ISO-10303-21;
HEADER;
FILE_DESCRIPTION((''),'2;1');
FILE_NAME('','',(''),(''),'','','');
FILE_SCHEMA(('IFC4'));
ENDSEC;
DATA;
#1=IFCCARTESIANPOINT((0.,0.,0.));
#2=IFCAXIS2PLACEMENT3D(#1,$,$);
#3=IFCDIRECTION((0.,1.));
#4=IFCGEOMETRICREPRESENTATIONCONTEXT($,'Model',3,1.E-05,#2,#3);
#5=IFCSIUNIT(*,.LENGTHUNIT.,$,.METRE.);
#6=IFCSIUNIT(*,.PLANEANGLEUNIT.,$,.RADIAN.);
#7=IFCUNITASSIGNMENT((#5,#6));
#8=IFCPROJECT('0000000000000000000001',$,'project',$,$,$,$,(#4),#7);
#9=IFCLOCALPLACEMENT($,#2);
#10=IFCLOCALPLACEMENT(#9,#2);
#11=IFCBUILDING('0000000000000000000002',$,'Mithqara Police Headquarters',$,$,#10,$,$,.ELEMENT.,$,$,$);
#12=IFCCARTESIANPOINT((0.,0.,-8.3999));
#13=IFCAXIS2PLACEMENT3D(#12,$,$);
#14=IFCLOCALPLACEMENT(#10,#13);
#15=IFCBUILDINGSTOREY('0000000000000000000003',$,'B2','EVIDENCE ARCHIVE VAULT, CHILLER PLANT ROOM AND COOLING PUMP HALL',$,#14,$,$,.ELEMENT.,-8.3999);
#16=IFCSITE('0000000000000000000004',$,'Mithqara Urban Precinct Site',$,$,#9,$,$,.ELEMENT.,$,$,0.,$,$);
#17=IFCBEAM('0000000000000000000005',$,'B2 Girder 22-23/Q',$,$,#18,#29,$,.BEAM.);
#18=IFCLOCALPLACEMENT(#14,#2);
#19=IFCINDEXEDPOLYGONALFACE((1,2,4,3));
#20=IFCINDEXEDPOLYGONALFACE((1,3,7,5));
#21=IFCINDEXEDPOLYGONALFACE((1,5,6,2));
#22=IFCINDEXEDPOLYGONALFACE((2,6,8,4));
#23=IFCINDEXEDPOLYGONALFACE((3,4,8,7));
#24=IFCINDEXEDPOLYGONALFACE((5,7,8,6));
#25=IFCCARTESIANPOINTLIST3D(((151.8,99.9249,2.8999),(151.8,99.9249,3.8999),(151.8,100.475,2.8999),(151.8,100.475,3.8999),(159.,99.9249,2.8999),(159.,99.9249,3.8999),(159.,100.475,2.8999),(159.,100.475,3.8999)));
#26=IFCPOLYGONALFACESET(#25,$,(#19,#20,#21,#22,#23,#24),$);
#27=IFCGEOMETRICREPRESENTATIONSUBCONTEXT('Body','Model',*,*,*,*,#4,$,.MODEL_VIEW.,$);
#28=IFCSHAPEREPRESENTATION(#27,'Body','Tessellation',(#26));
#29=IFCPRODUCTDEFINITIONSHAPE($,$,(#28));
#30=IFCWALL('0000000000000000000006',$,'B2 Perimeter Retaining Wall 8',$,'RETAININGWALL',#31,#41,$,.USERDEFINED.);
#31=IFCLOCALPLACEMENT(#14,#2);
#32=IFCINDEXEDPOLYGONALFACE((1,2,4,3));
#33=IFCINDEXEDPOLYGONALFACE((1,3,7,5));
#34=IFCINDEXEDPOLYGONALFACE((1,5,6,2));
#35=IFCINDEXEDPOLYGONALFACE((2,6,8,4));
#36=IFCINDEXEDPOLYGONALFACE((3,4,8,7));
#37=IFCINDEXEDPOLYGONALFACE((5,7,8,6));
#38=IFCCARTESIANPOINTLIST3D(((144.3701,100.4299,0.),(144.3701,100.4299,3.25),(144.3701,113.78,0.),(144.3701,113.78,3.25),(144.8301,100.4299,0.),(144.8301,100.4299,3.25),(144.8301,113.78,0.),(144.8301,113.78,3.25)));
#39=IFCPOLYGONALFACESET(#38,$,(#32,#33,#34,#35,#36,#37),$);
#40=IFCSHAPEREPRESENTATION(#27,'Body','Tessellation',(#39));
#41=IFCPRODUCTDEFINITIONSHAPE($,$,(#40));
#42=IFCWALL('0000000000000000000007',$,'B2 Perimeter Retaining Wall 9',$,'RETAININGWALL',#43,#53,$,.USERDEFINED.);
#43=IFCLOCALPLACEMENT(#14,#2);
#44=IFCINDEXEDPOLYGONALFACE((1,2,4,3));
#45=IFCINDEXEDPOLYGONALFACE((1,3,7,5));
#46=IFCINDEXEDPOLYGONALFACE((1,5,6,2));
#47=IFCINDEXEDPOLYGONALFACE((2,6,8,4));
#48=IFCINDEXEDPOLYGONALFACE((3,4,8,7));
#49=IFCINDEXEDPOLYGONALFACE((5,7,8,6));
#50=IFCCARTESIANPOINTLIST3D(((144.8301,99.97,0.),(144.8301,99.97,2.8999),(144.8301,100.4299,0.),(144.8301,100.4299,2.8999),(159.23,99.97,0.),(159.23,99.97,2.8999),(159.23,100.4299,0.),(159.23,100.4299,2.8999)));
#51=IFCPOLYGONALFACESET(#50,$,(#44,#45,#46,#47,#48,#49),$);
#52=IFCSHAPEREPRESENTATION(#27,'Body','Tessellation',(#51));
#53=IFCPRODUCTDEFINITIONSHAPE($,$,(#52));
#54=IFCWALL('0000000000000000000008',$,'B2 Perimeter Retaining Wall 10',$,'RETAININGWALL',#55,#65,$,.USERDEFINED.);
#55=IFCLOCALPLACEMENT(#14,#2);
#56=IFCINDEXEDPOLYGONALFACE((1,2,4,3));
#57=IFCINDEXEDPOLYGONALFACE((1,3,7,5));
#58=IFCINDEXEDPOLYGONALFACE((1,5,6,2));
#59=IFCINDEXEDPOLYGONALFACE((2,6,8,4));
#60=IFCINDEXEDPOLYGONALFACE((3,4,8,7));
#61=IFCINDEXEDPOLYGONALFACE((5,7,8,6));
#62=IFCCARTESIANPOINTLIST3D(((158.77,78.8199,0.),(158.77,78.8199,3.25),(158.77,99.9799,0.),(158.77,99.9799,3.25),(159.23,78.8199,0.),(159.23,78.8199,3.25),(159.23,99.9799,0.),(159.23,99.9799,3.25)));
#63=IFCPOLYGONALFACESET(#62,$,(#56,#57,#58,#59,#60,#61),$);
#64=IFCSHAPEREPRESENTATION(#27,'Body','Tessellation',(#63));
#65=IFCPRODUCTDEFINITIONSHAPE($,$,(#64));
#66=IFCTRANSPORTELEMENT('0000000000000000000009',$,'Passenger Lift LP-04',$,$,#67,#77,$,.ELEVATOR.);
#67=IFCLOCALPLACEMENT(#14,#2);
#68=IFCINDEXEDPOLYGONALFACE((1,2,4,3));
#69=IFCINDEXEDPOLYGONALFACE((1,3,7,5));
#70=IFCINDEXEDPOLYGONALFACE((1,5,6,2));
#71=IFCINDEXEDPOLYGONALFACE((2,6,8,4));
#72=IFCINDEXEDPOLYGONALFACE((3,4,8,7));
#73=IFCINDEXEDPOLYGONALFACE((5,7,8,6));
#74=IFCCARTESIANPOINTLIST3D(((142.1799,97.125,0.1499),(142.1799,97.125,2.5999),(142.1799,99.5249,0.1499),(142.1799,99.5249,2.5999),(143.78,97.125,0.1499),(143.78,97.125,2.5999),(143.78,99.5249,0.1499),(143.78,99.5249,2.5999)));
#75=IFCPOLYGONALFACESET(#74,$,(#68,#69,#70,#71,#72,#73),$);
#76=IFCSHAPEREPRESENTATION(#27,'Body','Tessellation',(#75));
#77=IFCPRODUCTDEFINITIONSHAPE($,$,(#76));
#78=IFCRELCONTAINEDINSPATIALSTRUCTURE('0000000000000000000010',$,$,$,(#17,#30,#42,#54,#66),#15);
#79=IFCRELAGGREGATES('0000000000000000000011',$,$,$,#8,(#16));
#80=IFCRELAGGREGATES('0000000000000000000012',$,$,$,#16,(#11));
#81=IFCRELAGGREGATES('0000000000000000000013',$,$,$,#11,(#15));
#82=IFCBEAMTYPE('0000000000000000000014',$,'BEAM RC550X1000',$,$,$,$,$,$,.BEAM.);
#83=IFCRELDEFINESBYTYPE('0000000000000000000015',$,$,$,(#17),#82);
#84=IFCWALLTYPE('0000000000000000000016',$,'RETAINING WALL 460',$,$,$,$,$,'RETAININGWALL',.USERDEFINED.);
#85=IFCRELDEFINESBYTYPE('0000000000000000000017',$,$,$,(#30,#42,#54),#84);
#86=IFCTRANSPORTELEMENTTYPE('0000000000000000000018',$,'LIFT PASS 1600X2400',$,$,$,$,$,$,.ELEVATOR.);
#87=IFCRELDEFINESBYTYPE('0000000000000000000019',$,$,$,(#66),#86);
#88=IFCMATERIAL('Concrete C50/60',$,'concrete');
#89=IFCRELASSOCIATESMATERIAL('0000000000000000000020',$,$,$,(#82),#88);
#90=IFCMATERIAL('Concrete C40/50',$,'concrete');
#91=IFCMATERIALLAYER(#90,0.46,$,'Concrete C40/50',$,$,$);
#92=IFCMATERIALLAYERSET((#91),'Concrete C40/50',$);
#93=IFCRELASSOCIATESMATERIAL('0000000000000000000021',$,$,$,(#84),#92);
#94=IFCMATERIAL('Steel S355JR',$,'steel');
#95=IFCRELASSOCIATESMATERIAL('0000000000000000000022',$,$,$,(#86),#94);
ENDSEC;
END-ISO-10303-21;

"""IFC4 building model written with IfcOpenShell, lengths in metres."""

from ifc_helpers import new_model, si_unit, direction, frame, frame_2d, origin, origin_2d, place, context, subcontext, project, spatial, rectangle, extrude, material, layer, layer_set, material_profile, profile_set, type_object, element, save


model = new_model("IFC4")

# Units and contexts
model_context = context("Model", 3, precision=1e-05, world=origin(), true_north=direction((0.0, 1.0)))
body_context = subcontext(model_context, "Body", "Model", "MODEL_VIEW")
ifc_project = project(units=[si_unit("LENGTHUNIT", "METRE"), si_unit("PLANEANGLEUNIT", "RADIAN")], contexts=[model_context])

# Site, building, storey
site_placement = place(None, origin())
site = spatial("IfcSite", under=ifc_project, at=site_placement, Name="Mithqara Urban Precinct Site", CompositionType="ELEMENT", RefElevation=0.0)
building_placement = place(site_placement, origin())
building = spatial("IfcBuilding", under=site, at=building_placement, Name="Mithqara Police Headquarters", CompositionType="ELEMENT")
storey_placement = place(building_placement, frame((0.0, 0.0, -8.3999)))
storey = spatial("IfcBuildingStorey", under=building, at=storey_placement, Name="B2", Description="EVIDENCE ARCHIVE VAULT, CHILLER PLANT ROOM AND COOLING PUMP HALL", CompositionType="ELEMENT", Elevation=-8.3999)

# Shared definitions
ifc_material_1 = material(Name="Concrete C40/50", Category="concrete")

# Shared definitions
ifc_material_2 = material(Name="Concrete C50/60", Category="concrete")

# Beam
ifc_material_3 = material(Name="Steel S355JR", Category="steel")
ifc_material_profile_1 = material_profile(ifc_material_2, rectangle(XDim=0.55, YDim=1.0, at=origin_2d()), Name="RC 550x1000")
ifc_profile_set_1 = profile_set([ifc_material_profile_1], Name="Concrete C50/60")
beam_type_1 = type_object("IfcBeamType", Name="BEAM RC550X1000", PredefinedType="BEAM", material=ifc_profile_set_1)
beam_1_placement = place(storey_placement, frame((151.8, 100.2, 3.3999), z_axis=(1.0, 0.0, 0.0), x_axis=(0.0, 1.0, 0.0)))
element("IfcBeam", 1, at=beam_1_placement, inside=storey, type_object=beam_type_1, Name="B2 Girder 22-23/Q", PredefinedType="BEAM", context=body_context, shape_type="SweptSolid", body=[
    extrude(rectangle(XDim=0.55, YDim=1.0, at=origin_2d()), origin(), (0.0, 0.0, 1.0), 7.2),
])

# Walls
ifc_layer = layer(ifc_material_1, 0.46, Name="Concrete C40/50")
ifc_layer_set = layer_set([ifc_layer], Name="Concrete C40/50")
wall_type = type_object("IfcWallType", Name="RETAINING WALL 460", ElementType="RETAININGWALL", PredefinedType="USERDEFINED", material=ifc_layer_set)
wall_1_placement = place(storey_placement, frame((144.6001, 113.78, 0.0), z_axis=(0.0, 0.0, 1.0), x_axis=(0.0, -1.0, 0.0)))
element("IfcWall", 2, at=wall_1_placement, inside=storey, type_object=wall_type, Name="B2 Perimeter Retaining Wall 8", ObjectType="RETAININGWALL", PredefinedType="USERDEFINED", context=body_context, shape_type="SweptSolid", body=[
    extrude(rectangle(XDim=13.3501, YDim=0.46, at=frame_2d((6.675, 0.0))), origin(), (0.0, 0.0, 1.0), 3.25),
])
wall_2_placement = place(storey_placement, frame((144.8301, 100.2, 0.0), z_axis=(0.0, 0.0, 1.0), x_axis=(1.0, 0.0, 0.0)))
element("IfcWall", 3, at=wall_2_placement, inside=storey, type_object=wall_type, Name="B2 Perimeter Retaining Wall 9", ObjectType="RETAININGWALL", PredefinedType="USERDEFINED", context=body_context, shape_type="SweptSolid", body=[
    extrude(rectangle(XDim=14.3999, YDim=0.46, at=frame_2d((7.2, 0.0))), origin(), (0.0, 0.0, 1.0), 2.8999),
])
wall_3_placement = place(storey_placement, frame((159.0, 99.98, 0.0), z_axis=(0.0, 0.0, 1.0), x_axis=(0.0, -1.0, 0.0)))
element("IfcWall", 4, at=wall_3_placement, inside=storey, type_object=wall_type, Name="B2 Perimeter Retaining Wall 10", ObjectType="RETAININGWALL", PredefinedType="USERDEFINED", context=body_context, shape_type="SweptSolid", body=[
    extrude(rectangle(XDim=21.1599, YDim=0.46, at=frame_2d((10.5801, 0.0))), origin(), (0.0, 0.0, 1.0), 3.25),
])

# Transport element
transport_element_type = type_object("IfcTransportElementType", Name="LIFT PASS 1600X2400", PredefinedType="ELEVATOR", material=ifc_material_3)
transport_element_placement = place(storey_placement, frame((142.98, 98.325, 0.1499), z_axis=(0.0, 0.0, 1.0), x_axis=(1.0, 0.0, 0.0)))
element("IfcTransportElement", 5, at=transport_element_placement, inside=storey, type_object=transport_element_type, Name="Passenger Lift LP-04", PredefinedType="ELEVATOR", context=body_context, shape_type="SweptSolid", body=[
    extrude(rectangle(XDim=1.6001, YDim=2.3999, at=origin_2d()), origin(), (0.0, 0.0, 1.0), 2.45),
])

save(model, "model.ifc")
